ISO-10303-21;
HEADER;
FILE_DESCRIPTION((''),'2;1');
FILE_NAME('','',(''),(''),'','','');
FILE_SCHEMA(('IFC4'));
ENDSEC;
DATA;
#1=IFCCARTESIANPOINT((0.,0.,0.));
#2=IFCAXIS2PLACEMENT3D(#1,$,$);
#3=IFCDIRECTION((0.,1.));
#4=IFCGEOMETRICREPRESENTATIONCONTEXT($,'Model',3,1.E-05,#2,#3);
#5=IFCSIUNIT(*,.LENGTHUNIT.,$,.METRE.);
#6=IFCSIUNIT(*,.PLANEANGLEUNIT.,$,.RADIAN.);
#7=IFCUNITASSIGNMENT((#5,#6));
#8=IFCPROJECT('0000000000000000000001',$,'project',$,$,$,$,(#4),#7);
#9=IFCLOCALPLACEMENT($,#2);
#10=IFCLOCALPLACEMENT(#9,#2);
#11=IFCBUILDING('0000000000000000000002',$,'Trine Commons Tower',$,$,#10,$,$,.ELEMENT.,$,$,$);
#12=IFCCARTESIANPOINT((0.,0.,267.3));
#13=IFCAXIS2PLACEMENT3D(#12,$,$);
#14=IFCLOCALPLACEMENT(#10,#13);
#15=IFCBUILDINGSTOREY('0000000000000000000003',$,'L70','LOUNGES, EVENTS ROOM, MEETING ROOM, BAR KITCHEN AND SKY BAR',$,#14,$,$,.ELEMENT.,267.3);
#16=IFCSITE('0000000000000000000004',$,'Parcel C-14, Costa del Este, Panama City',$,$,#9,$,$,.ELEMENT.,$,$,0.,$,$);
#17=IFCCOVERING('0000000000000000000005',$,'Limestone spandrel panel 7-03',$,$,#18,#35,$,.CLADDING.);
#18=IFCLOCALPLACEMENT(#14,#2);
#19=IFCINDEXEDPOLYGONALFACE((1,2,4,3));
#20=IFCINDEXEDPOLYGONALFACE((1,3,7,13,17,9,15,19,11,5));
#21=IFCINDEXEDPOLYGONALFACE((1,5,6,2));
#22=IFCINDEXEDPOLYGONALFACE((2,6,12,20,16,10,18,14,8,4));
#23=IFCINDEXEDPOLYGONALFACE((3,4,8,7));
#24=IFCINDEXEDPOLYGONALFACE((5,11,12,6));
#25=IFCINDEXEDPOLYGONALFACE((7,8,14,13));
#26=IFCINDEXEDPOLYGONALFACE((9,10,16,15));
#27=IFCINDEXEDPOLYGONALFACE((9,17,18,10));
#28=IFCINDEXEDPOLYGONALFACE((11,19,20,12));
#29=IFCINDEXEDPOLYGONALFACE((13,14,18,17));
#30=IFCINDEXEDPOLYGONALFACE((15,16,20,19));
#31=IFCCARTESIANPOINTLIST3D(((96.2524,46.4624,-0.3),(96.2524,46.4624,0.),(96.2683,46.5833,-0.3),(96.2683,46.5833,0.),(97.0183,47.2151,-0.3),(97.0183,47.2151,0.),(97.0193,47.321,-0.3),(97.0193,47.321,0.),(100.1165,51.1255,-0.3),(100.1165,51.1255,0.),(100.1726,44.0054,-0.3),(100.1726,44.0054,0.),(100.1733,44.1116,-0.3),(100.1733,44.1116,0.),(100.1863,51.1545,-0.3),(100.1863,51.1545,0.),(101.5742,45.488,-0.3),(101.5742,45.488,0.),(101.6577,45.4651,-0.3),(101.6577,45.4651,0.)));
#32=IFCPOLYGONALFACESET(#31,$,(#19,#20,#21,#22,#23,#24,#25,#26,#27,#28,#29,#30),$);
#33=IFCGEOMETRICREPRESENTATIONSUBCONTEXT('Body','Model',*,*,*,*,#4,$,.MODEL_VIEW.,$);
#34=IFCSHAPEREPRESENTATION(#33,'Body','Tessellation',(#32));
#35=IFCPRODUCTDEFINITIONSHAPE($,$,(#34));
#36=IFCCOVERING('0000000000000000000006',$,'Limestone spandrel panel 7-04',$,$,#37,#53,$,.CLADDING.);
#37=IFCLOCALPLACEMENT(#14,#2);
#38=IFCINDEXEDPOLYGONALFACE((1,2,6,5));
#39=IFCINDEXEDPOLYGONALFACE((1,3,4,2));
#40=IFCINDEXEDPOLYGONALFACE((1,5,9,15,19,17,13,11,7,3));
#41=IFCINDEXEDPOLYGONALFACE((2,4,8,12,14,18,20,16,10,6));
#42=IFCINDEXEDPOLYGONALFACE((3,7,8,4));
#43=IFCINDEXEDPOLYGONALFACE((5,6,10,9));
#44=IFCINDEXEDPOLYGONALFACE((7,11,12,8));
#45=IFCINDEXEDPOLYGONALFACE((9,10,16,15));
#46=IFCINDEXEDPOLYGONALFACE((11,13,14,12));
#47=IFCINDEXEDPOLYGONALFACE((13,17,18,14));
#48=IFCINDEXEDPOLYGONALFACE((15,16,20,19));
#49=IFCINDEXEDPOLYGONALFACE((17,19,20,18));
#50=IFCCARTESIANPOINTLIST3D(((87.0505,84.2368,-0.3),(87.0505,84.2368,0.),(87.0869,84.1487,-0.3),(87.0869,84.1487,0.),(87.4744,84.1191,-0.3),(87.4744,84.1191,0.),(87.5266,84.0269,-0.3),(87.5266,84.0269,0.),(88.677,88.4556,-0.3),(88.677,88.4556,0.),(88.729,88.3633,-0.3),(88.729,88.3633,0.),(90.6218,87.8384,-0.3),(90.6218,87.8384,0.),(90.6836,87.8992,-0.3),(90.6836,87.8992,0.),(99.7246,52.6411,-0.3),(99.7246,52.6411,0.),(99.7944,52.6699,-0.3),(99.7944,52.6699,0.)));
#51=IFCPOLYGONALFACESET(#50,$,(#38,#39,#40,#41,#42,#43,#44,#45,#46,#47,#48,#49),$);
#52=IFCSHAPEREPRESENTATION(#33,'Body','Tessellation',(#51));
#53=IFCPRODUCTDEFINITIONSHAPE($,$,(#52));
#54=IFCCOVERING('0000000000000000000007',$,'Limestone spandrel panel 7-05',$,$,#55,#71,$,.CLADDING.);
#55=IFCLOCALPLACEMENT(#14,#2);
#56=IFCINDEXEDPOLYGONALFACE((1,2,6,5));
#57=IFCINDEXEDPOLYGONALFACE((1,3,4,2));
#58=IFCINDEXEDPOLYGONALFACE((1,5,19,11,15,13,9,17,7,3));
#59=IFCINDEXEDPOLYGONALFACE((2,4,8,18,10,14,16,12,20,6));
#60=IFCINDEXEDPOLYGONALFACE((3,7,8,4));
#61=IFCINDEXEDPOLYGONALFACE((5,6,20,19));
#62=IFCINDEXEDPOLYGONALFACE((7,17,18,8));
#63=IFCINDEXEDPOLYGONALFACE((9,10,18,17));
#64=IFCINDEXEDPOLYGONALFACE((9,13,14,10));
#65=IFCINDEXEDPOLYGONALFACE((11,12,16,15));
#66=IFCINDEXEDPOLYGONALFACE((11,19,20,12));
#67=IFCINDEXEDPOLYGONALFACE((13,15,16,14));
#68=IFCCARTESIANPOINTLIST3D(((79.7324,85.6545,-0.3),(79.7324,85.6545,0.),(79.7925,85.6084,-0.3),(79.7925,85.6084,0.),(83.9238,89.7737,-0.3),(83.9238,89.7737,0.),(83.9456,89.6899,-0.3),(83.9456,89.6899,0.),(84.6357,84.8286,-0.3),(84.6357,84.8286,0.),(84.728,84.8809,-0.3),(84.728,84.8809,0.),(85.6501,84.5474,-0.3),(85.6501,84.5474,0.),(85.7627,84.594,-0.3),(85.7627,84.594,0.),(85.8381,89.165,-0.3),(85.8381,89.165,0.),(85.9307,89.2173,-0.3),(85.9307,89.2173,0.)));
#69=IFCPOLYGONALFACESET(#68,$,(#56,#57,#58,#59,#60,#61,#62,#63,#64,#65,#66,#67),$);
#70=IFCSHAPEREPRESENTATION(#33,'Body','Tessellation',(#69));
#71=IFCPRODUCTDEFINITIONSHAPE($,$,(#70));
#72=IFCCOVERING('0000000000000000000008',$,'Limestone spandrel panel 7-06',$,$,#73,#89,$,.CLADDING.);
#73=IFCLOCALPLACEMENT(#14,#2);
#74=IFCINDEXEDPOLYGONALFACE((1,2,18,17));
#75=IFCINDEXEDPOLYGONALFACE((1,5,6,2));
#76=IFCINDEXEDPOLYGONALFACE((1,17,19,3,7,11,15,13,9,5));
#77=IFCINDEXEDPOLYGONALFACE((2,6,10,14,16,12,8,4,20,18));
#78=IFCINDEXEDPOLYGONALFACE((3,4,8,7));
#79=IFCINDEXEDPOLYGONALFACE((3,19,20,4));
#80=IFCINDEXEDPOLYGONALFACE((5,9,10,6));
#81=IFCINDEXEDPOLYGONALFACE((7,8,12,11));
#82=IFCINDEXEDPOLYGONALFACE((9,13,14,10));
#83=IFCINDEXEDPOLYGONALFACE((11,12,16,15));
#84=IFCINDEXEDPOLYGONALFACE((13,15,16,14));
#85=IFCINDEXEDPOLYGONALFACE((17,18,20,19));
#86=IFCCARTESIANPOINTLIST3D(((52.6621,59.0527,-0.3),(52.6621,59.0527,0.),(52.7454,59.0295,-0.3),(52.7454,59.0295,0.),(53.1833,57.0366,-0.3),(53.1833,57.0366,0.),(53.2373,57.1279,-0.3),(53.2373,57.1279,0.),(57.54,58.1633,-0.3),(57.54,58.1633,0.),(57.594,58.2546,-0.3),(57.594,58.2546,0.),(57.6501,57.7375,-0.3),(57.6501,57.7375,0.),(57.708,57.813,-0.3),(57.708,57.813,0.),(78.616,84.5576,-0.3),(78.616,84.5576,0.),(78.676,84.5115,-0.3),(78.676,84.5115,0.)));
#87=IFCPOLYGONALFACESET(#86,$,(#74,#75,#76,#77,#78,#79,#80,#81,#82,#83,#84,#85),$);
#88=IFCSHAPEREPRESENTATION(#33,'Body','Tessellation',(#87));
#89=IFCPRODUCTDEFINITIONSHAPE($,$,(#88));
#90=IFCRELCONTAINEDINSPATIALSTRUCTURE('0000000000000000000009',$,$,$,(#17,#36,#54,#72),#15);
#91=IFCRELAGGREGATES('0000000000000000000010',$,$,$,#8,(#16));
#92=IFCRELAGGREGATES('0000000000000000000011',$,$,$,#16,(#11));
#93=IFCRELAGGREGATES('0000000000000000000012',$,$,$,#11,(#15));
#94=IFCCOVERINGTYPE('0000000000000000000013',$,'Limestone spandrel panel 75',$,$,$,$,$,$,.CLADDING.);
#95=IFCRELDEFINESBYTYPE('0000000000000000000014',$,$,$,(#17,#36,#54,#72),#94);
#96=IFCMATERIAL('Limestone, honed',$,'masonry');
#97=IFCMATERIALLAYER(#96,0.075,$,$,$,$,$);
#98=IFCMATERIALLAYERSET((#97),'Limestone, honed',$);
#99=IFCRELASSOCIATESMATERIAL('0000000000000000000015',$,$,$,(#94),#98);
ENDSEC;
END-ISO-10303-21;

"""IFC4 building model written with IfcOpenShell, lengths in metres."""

from ifc_helpers import new_model, si_unit, direction, frame, origin, place, context, subcontext, project, spatial, polyline, outline, extrude, material, layer, layer_set, type_object, element, save


model = new_model("IFC4")

# Units and contexts
model_context = context("Model", 3, precision=1e-05, world=origin(), true_north=direction((0.0, 1.0)))
body_context = subcontext(model_context, "Body", "Model", "MODEL_VIEW")
ifc_project = project(units=[si_unit("LENGTHUNIT", "METRE"), si_unit("PLANEANGLEUNIT", "RADIAN")], contexts=[model_context])

# Site, building, storey
site_placement = place(None, origin())
site = spatial("IfcSite", under=ifc_project, at=site_placement, Name="Parcel C-14, Costa del Este, Panama City", CompositionType="ELEMENT", RefElevation=0.0)
building_placement = place(site_placement, origin())
building = spatial("IfcBuilding", under=site, at=building_placement, Name="Trine Commons Tower", CompositionType="ELEMENT")
storey_placement = place(building_placement, frame((0.0, 0.0, 267.3)))
storey = spatial("IfcBuildingStorey", under=building, at=storey_placement, Name="L70", Description="LOUNGES, EVENTS ROOM, MEETING ROOM, BAR KITCHEN AND SKY BAR", CompositionType="ELEMENT", Elevation=267.3)

# Coverings
ifc_material_1 = material(Name="Limestone, honed", Category="masonry")
ifc_layer_1 = layer(ifc_material_1, 0.075)
ifc_layer_set_1 = layer_set([ifc_layer_1], Name="Limestone, honed")
covering_type_1 = type_object("IfcCoveringType", Name="Limestone spandrel panel 75", PredefinedType="CLADDING", material=ifc_layer_set_1)
covering_1_placement = place(storey_placement, frame((0.0, 0.0, -0.3)))
element("IfcCovering", 1, at=covering_1_placement, inside=storey, type_object=covering_type_1, Name="Limestone spandrel panel 7-03", PredefinedType="CLADDING", context=body_context, shape_type="SweptSolid", body=[
    extrude(outline(polyline([(97.0183, 47.2151), (100.1726, 44.0054), (101.6577, 45.4651), (100.1863, 51.1545), (100.1165, 51.1255), (101.5742, 45.488), (100.1733, 44.1116), (97.0193, 47.321), (96.2683, 46.5833), (96.2524, 46.4624), (97.0183, 47.2151)])), origin(), (0.0, 0.0, 1.0), 0.3),
])
covering_2_placement = place(storey_placement, frame((0.0, 0.0, -0.3)))
element("IfcCovering", 2, at=covering_2_placement, inside=storey, type_object=covering_type_1, Name="Limestone spandrel panel 7-04", PredefinedType="CLADDING", context=body_context, shape_type="SweptSolid", body=[
    extrude(outline(polyline([(87.4744, 84.1191), (87.0505, 84.2368), (87.0869, 84.1487), (87.5266, 84.0269), (88.729, 88.3633), (90.6218, 87.8384), (99.7246, 52.6411), (99.7944, 52.6699), (90.6836, 87.8992), (88.677, 88.4556), (87.4744, 84.1191)])), origin(), (0.0, 0.0, 1.0), 0.3),
])
covering_3_placement = place(storey_placement, frame((0.0, 0.0, -0.3)))
element("IfcCovering", 3, at=covering_3_placement, inside=storey, type_object=covering_type_1, Name="Limestone spandrel panel 7-05", PredefinedType="CLADDING", context=body_context, shape_type="SweptSolid", body=[
    extrude(outline(polyline([(83.9238, 89.7737), (79.7324, 85.6545), (79.7925, 85.6084), (83.9456, 89.6899), (85.8381, 89.165), (84.6357, 84.8286), (85.6501, 84.5474), (85.7627, 84.594), (84.728, 84.8809), (85.9307, 89.2173), (83.9238, 89.7737)])), origin(), (0.0, 0.0, 1.0), 0.3),
])
covering_4_placement = place(storey_placement, frame((0.0, 0.0, -0.3)))
element("IfcCovering", 4, at=covering_4_placement, inside=storey, type_object=covering_type_1, Name="Limestone spandrel panel 7-06", PredefinedType="CLADDING", context=body_context, shape_type="SweptSolid", body=[
    extrude(outline(polyline([(57.54, 58.1633), (57.6501, 57.7375), (57.708, 57.813), (57.594, 58.2546), (53.2373, 57.1279), (52.7454, 59.0295), (78.676, 84.5115), (78.616, 84.5576), (52.6621, 59.0527), (53.1833, 57.0366), (57.54, 58.1633)])), origin(), (0.0, 0.0, 1.0), 0.3),
])

save(model, "model.ifc")
